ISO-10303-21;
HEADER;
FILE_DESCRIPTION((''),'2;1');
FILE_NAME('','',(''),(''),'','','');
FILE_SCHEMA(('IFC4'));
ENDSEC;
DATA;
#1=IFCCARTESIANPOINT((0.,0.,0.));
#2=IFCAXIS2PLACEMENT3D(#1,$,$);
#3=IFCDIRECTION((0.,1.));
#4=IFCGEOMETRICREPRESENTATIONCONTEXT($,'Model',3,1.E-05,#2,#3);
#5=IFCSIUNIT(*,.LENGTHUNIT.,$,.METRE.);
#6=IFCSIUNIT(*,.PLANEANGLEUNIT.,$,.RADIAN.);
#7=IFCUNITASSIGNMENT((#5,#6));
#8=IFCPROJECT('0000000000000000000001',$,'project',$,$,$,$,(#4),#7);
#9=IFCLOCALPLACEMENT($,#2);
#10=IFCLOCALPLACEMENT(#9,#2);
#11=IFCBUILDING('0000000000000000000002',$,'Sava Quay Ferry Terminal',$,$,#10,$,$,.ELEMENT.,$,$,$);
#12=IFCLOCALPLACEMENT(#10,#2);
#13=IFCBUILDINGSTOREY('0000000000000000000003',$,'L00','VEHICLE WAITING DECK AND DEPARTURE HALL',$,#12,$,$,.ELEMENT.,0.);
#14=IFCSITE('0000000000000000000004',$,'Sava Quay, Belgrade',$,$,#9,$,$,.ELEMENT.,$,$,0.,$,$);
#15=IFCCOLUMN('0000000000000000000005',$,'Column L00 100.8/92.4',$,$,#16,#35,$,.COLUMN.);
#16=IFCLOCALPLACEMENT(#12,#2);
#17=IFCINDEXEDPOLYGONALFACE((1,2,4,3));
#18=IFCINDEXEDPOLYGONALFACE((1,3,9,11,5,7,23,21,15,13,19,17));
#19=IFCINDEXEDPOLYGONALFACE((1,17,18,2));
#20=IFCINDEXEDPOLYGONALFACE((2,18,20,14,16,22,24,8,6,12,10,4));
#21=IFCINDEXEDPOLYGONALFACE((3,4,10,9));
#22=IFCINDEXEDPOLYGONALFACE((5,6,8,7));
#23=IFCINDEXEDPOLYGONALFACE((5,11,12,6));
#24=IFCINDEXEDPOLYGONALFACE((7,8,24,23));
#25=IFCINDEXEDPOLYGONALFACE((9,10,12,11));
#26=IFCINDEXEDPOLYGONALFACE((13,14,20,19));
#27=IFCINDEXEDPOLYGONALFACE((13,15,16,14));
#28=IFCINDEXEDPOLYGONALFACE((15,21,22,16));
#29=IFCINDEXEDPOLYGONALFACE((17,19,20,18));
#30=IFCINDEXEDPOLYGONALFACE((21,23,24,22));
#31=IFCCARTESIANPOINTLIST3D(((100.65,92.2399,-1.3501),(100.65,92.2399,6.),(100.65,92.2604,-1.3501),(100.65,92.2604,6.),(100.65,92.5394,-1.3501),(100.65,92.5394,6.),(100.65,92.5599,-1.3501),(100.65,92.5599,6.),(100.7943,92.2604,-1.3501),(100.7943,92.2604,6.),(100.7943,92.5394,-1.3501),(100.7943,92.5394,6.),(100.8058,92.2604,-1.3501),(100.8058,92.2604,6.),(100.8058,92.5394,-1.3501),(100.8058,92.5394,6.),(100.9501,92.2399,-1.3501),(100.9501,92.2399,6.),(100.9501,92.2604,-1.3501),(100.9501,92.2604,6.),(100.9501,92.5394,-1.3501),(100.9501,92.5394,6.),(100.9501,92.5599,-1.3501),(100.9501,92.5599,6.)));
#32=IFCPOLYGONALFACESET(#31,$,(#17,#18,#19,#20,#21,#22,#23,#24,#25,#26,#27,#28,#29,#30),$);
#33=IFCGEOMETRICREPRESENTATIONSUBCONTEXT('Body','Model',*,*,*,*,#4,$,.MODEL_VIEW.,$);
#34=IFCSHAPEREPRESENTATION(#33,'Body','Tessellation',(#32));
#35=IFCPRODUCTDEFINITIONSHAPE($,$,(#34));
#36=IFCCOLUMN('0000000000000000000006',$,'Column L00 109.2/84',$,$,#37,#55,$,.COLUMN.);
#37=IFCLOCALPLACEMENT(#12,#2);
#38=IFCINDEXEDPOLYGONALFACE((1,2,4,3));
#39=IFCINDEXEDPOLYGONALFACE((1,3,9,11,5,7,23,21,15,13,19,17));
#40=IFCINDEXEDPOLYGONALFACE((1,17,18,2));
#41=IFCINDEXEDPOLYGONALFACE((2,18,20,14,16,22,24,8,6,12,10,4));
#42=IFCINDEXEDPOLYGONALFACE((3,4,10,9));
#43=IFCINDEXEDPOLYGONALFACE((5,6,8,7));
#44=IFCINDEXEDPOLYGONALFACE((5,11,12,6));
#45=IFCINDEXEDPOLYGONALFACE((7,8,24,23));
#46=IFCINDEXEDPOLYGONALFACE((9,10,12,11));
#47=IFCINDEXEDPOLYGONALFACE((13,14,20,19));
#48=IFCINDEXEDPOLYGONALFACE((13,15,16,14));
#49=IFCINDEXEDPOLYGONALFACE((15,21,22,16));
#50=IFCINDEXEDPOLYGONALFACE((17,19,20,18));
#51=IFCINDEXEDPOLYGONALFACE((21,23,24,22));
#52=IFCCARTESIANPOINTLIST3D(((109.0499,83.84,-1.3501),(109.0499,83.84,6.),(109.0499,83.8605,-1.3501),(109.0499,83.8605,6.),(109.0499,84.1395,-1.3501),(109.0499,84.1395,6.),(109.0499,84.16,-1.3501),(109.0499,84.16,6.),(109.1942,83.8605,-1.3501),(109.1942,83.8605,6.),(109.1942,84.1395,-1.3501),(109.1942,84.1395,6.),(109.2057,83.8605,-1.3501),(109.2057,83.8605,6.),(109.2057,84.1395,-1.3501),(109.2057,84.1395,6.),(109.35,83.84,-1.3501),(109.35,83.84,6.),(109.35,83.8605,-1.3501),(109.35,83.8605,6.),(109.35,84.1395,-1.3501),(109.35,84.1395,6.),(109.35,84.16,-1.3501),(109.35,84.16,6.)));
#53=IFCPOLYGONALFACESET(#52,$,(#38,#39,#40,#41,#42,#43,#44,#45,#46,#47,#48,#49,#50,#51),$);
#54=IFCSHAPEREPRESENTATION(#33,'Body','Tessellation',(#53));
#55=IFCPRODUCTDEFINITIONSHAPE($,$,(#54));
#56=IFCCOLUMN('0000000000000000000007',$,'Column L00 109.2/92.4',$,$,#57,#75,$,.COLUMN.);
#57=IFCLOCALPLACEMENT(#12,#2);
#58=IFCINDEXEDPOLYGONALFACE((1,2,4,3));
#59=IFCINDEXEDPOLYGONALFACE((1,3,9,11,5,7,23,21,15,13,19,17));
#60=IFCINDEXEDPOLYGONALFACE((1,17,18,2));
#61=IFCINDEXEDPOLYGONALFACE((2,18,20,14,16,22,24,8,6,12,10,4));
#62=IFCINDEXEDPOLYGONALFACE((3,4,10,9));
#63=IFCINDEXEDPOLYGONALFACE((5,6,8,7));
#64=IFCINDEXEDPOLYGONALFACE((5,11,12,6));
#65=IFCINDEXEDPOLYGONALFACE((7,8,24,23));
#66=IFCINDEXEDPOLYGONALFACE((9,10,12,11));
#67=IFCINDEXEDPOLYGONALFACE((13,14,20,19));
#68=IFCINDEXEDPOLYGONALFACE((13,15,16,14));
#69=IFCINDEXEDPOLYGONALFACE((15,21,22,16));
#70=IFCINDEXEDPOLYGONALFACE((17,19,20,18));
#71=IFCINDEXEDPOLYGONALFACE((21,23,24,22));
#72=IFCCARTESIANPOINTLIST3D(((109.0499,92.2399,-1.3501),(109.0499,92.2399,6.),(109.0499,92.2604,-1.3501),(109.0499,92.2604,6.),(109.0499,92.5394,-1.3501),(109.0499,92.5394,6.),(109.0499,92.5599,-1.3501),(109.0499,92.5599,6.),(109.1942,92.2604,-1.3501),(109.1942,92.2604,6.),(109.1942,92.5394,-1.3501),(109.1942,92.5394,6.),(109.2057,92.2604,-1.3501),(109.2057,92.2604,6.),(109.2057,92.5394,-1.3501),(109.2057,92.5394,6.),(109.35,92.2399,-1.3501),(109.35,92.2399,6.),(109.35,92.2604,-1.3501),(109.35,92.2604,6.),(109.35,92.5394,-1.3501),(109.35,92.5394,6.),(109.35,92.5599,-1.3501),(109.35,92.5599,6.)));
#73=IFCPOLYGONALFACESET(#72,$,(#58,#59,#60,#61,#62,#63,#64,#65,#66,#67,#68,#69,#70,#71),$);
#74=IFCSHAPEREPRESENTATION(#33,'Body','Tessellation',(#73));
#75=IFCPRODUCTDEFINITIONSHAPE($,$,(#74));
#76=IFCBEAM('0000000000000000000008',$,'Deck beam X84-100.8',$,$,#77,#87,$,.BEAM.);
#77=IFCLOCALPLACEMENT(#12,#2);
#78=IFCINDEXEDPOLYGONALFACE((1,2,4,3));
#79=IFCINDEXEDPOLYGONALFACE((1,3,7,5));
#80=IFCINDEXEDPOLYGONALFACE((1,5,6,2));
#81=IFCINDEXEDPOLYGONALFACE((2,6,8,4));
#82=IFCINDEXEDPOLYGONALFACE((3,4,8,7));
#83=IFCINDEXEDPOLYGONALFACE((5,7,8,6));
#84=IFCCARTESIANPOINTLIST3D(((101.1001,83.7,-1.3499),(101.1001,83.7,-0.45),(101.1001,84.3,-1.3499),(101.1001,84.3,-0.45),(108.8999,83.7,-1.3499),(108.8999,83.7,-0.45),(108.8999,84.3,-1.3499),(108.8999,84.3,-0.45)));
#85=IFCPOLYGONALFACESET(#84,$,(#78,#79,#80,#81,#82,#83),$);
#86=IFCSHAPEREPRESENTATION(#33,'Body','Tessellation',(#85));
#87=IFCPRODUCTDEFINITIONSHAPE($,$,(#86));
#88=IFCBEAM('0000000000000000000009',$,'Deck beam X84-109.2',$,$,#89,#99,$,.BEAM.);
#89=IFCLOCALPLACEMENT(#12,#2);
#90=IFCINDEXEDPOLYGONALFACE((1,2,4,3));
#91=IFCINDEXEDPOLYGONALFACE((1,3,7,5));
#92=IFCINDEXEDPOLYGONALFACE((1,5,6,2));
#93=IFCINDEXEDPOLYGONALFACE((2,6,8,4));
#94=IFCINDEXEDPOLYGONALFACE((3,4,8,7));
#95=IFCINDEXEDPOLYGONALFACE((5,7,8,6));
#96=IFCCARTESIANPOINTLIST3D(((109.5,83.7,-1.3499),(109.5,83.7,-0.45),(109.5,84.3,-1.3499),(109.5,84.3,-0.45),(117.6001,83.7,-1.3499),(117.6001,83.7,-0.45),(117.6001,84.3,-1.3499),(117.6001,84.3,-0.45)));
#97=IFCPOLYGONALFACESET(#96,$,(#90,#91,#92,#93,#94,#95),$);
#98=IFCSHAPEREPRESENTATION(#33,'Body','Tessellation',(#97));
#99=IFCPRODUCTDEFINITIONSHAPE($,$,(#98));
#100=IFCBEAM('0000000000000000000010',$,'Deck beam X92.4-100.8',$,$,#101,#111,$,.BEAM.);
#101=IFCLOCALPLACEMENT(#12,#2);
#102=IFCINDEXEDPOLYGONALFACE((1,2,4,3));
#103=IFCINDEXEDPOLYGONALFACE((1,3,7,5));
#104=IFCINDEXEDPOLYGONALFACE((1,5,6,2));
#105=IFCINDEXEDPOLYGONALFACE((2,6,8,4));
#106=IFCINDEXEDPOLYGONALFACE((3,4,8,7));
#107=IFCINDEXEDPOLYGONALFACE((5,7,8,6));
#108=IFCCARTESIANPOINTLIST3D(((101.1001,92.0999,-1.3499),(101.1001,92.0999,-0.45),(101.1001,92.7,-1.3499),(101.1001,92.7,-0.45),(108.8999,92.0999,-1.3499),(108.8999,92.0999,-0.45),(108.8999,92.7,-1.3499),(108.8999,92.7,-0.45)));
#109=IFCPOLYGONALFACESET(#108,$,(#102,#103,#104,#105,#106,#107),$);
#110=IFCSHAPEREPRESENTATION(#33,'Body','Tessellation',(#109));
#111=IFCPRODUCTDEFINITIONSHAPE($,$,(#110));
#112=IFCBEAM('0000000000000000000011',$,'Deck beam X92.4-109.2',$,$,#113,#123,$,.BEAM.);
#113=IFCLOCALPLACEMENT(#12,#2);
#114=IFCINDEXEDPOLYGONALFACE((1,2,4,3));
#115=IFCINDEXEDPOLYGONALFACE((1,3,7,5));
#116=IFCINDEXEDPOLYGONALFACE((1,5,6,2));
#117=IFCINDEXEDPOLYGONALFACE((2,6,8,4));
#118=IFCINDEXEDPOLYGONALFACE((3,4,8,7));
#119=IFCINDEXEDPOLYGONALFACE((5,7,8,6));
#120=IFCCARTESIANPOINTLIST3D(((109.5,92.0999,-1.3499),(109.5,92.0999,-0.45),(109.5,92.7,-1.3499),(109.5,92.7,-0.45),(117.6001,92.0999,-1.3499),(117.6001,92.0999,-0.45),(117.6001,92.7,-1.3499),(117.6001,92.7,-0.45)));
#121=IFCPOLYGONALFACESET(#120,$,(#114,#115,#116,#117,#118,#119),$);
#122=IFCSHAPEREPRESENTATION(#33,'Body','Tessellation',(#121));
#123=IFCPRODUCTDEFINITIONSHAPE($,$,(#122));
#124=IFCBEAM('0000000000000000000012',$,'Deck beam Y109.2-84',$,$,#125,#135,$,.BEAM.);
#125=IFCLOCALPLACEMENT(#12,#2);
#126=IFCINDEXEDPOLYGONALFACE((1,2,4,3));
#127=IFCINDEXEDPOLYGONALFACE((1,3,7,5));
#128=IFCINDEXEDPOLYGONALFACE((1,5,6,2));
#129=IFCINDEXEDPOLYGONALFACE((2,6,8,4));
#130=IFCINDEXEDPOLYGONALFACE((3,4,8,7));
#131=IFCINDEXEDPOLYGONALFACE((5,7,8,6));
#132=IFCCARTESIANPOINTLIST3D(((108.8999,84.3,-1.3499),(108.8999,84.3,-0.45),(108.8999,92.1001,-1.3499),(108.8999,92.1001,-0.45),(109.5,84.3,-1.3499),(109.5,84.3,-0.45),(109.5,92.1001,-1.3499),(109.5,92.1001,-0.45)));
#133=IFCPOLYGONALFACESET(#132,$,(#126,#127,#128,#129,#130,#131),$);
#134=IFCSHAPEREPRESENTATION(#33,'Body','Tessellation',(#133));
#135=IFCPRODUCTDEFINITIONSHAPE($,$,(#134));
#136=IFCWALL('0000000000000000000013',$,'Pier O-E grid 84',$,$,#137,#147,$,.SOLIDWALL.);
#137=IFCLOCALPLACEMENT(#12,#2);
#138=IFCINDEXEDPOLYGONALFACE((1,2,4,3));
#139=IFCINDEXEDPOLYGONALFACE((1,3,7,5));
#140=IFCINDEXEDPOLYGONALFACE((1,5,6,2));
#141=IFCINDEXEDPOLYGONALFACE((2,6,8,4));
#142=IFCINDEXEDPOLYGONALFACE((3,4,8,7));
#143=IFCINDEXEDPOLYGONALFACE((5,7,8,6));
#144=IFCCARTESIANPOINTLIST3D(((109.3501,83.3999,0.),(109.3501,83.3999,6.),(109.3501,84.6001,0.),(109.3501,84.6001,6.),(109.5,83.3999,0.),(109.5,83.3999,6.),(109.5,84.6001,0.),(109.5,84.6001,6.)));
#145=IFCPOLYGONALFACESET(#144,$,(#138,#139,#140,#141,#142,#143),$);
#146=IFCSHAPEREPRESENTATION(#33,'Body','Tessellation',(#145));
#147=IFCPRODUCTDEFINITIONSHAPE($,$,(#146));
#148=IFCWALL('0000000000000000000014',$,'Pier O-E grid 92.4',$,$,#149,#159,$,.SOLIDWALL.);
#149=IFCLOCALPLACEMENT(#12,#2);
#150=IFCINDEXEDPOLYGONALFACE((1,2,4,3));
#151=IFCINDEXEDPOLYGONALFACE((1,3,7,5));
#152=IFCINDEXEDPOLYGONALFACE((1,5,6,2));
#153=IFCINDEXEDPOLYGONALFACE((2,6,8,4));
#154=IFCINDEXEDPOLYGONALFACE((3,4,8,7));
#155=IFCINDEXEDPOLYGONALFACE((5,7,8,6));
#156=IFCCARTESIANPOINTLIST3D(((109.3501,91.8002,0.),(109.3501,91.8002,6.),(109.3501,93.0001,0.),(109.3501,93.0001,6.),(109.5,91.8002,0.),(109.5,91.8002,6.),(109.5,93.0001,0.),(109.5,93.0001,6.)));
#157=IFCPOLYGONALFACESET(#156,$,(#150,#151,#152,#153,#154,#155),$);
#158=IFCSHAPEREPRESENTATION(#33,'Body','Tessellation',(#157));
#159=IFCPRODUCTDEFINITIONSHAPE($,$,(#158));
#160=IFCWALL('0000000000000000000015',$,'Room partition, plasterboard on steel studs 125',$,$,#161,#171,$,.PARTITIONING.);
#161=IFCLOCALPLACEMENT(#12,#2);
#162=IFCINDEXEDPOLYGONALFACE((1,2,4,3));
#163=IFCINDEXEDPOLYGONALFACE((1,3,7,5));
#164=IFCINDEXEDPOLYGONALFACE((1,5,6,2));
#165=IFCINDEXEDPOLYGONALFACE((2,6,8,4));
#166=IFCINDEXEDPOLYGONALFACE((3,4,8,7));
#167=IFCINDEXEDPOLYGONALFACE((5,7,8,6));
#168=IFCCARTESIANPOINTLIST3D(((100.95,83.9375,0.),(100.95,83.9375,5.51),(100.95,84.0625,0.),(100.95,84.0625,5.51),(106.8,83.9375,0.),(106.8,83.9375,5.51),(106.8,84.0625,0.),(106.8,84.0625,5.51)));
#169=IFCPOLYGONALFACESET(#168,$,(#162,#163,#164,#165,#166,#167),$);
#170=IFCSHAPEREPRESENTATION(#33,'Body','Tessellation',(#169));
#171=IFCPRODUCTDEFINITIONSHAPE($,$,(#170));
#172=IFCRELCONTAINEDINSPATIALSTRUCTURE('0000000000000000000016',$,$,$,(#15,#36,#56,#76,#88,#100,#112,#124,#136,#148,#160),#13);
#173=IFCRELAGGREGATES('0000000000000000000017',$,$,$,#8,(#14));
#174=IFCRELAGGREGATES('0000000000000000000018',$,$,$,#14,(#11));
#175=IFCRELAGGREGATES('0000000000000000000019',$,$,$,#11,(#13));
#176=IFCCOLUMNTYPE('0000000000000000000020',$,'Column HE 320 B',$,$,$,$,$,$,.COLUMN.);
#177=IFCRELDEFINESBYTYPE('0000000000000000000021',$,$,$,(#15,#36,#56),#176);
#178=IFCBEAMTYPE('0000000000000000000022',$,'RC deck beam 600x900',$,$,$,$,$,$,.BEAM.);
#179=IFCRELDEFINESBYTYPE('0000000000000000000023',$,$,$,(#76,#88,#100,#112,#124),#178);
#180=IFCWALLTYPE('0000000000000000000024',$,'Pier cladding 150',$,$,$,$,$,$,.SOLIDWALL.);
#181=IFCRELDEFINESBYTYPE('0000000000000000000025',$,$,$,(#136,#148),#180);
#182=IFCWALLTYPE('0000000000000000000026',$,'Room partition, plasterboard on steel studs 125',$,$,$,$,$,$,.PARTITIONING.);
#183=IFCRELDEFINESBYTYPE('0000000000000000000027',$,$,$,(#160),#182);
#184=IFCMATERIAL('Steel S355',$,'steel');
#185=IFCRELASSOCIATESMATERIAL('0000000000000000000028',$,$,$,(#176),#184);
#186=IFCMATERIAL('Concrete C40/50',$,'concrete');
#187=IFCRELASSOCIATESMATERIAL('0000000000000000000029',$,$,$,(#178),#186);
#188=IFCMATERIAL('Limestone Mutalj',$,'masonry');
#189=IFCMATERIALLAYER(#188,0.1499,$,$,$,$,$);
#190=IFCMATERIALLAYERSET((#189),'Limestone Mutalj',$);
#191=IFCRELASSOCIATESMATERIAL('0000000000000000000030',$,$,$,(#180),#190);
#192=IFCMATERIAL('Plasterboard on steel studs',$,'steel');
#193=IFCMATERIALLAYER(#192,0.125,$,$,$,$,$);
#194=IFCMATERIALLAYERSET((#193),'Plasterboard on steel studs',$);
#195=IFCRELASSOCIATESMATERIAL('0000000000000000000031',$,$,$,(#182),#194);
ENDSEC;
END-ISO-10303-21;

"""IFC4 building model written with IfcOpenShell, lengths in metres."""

from ifc_helpers import new_model, si_unit, direction, frame, frame_2d, origin, origin_2d, place, context, subcontext, project, spatial, rectangle, i_section, extrude, material, layer, layer_set, material_profile, profile_set, type_object, element, save


model = new_model("IFC4")

# Units and contexts
model_context = context("Model", 3, precision=1e-05, world=origin(), true_north=direction((0.0, 1.0)))
body_context = subcontext(model_context, "Body", "Model", "MODEL_VIEW")
ifc_project = project(units=[si_unit("LENGTHUNIT", "METRE"), si_unit("PLANEANGLEUNIT", "RADIAN")], contexts=[model_context])

# Site, building, storey
site_placement = place(None, origin())
site = spatial("IfcSite", under=ifc_project, at=site_placement, Name="Sava Quay, Belgrade", CompositionType="ELEMENT", RefElevation=0.0)
building_placement = place(site_placement, origin())
building = spatial("IfcBuilding", under=site, at=building_placement, Name="Sava Quay Ferry Terminal", CompositionType="ELEMENT")
storey_placement = place(building_placement, origin())
storey = spatial("IfcBuildingStorey", under=building, at=storey_placement, Name="L00", Description="VEHICLE WAITING DECK AND DEPARTURE HALL", CompositionType="ELEMENT", Elevation=0.0)

# Columns
ifc_material_1 = material(Name="Steel S355", Category="steel")
ifc_material_profile_1 = material_profile(ifc_material_1, i_section(OverallWidth=0.3, OverallDepth=0.3201, WebThickness=0.0115, FlangeThickness=0.0205, at=origin_2d()), Name="HE 320 B")
ifc_profile_set_1 = profile_set([ifc_material_profile_1], Name="Steel S355")
column_type = type_object("IfcColumnType", Name="Column HE 320 B", PredefinedType="COLUMN", material=ifc_profile_set_1)
for number, where, z_axis, x_axis, name in (
    (1, (100.8, 92.3999, -1.3501), (0.0, 0.0, 1.0), (1.0, 0.0, 0.0), "Column L00 100.8/92.4"),
    (2, (109.2, 84.0, -1.3501), (0.0, 0.0, 1.0), (1.0, 0.0, 0.0), "Column L00 109.2/84"),
    (3, (109.2, 92.3999, -1.3501), (0.0, 0.0, 1.0), (1.0, 0.0, 0.0), "Column L00 109.2/92.4"),
):
    element("IfcColumn", number, at=place(storey_placement, frame(where, z_axis=z_axis, x_axis=x_axis)), inside=storey, type_object=column_type, Name=name, PredefinedType="COLUMN", context=body_context, shape_type="SweptSolid", body=[
        extrude(i_section(OverallWidth=0.3, OverallDepth=0.3201, WebThickness=0.0115, FlangeThickness=0.0205, at=origin_2d()), origin(), (0.0, 0.0, 1.0), 7.3501),
    ])

# Beams
ifc_material_2 = material(Name="Concrete C40/50", Category="concrete")
ifc_material_profile_2 = material_profile(ifc_material_2, rectangle(XDim=0.6001, YDim=0.8999, at=origin_2d()), Name="RC 600x900")
ifc_profile_set_2 = profile_set([ifc_material_profile_2], Name="Concrete C40/50")
beam_type = type_object("IfcBeamType", Name="RC deck beam 600x900", PredefinedType="BEAM", material=ifc_profile_set_2)
beam_1_placement = place(storey_placement, frame((101.1001, 84.0, -0.8999), z_axis=(1.0, 0.0, 0.0), x_axis=(0.0, 1.0, 0.0)))
element("IfcBeam", 4, at=beam_1_placement, inside=storey, type_object=beam_type, Name="Deck beam X84-100.8", PredefinedType="BEAM", context=body_context, shape_type="SweptSolid", body=[
    extrude(rectangle(XDim=0.6001, YDim=0.8999, at=origin_2d()), origin(), (0.0, 0.0, 1.0), 7.7998),
])
beam_2_placement = place(storey_placement, frame((109.5, 84.0, -0.8999), z_axis=(1.0, 0.0, 0.0), x_axis=(0.0, 1.0, 0.0)))
element("IfcBeam", 5, at=beam_2_placement, inside=storey, type_object=beam_type, Name="Deck beam X84-109.2", PredefinedType="BEAM", context=body_context, shape_type="SweptSolid", body=[
    extrude(rectangle(XDim=0.6001, YDim=0.8999, at=origin_2d()), origin(), (0.0, 0.0, 1.0), 8.1001),
])
beam_3_placement = place(storey_placement, frame((101.1001, 92.3999, -0.8999), z_axis=(1.0, 0.0, 0.0), x_axis=(0.0, 1.0, 0.0)))
element("IfcBeam", 6, at=beam_3_placement, inside=storey, type_object=beam_type, Name="Deck beam X92.4-100.8", PredefinedType="BEAM", context=body_context, shape_type="SweptSolid", body=[
    extrude(rectangle(XDim=0.6001, YDim=0.8999, at=origin_2d()), origin(), (0.0, 0.0, 1.0), 7.7998),
])
beam_4_placement = place(storey_placement, frame((109.5, 92.3999, -0.8999), z_axis=(1.0, 0.0, 0.0), x_axis=(0.0, 1.0, 0.0)))
element("IfcBeam", 7, at=beam_4_placement, inside=storey, type_object=beam_type, Name="Deck beam X92.4-109.2", PredefinedType="BEAM", context=body_context, shape_type="SweptSolid", body=[
    extrude(rectangle(XDim=0.6001, YDim=0.8999, at=origin_2d()), origin(), (0.0, 0.0, 1.0), 8.1001),
])
beam_5_placement = place(storey_placement, frame((109.2, 84.3, -0.8999), z_axis=(0.0, 1.0, 0.0), x_axis=(-1.0, 0.0, 0.0)))
element("IfcBeam", 8, at=beam_5_placement, inside=storey, type_object=beam_type, Name="Deck beam Y109.2-84", PredefinedType="BEAM", context=body_context, shape_type="SweptSolid", body=[
    extrude(rectangle(XDim=0.6001, YDim=0.8999, at=origin_2d()), origin(), (0.0, 0.0, 1.0), 7.8),
])

# Walls
ifc_material_3 = material(Name="Limestone Mutalj", Category="masonry")
ifc_layer_1 = layer(ifc_material_3, 0.1499)
ifc_layer_set_1 = layer_set([ifc_layer_1], Name="Limestone Mutalj")
wall_type_1 = type_object("IfcWallType", Name="Pier cladding 150", PredefinedType="SOLIDWALL", material=ifc_layer_set_1)
wall_1_placement = place(storey_placement, frame((109.425, 83.3999, 0.0), z_axis=(0.0, 0.0, 1.0), x_axis=(0.0, 1.0, 0.0)))
element("IfcWall", 9, at=wall_1_placement, inside=storey, type_object=wall_type_1, Name="Pier O-E grid 84", PredefinedType="SOLIDWALL", context=body_context, shape_type="SweptSolid", body=[
    extrude(rectangle(XDim=1.2002, YDim=0.1499, at=frame_2d((0.6001, 0.0))), origin(), (0.0, 0.0, 1.0), 6.0),
])
wall_2_placement = place(storey_placement, frame((109.425, 91.8, 0.0), z_axis=(0.0, 0.0, 1.0), x_axis=(0.0, 1.0, 0.0)))
element("IfcWall", 10, at=wall_2_placement, inside=storey, type_object=wall_type_1, Name="Pier O-E grid 92.4", PredefinedType="SOLIDWALL", context=body_context, shape_type="SweptSolid", body=[
    extrude(rectangle(XDim=1.2, YDim=0.1499, at=frame_2d((0.6001, 0.0))), origin(), (0.0, 0.0, 1.0), 6.0),
])
ifc_material_4 = material(Name="Plasterboard on steel studs", Category="steel")
ifc_layer_2 = layer(ifc_material_4, 0.125)
ifc_layer_set_2 = layer_set([ifc_layer_2], Name="Plasterboard on steel studs")
wall_type_2 = type_object("IfcWallType", Name="Room partition, plasterboard on steel studs 125", PredefinedType="PARTITIONING", material=ifc_layer_set_2)
wall_3_placement = place(storey_placement, frame((100.95, 84.0, 0.0), z_axis=(0.0, 0.0, 1.0), x_axis=(1.0, 0.0, 0.0)))
element("IfcWall", 11, at=wall_3_placement, inside=storey, type_object=wall_type_2, Name="Room partition, plasterboard on steel studs 125", PredefinedType="PARTITIONING", context=body_context, shape_type="SweptSolid", body=[
    extrude(rectangle(XDim=5.8501, YDim=0.125, at=frame_2d((2.925, 0.0))), origin(), (0.0, 0.0, 1.0), 5.51),
])

save(model, "model.ifc")
